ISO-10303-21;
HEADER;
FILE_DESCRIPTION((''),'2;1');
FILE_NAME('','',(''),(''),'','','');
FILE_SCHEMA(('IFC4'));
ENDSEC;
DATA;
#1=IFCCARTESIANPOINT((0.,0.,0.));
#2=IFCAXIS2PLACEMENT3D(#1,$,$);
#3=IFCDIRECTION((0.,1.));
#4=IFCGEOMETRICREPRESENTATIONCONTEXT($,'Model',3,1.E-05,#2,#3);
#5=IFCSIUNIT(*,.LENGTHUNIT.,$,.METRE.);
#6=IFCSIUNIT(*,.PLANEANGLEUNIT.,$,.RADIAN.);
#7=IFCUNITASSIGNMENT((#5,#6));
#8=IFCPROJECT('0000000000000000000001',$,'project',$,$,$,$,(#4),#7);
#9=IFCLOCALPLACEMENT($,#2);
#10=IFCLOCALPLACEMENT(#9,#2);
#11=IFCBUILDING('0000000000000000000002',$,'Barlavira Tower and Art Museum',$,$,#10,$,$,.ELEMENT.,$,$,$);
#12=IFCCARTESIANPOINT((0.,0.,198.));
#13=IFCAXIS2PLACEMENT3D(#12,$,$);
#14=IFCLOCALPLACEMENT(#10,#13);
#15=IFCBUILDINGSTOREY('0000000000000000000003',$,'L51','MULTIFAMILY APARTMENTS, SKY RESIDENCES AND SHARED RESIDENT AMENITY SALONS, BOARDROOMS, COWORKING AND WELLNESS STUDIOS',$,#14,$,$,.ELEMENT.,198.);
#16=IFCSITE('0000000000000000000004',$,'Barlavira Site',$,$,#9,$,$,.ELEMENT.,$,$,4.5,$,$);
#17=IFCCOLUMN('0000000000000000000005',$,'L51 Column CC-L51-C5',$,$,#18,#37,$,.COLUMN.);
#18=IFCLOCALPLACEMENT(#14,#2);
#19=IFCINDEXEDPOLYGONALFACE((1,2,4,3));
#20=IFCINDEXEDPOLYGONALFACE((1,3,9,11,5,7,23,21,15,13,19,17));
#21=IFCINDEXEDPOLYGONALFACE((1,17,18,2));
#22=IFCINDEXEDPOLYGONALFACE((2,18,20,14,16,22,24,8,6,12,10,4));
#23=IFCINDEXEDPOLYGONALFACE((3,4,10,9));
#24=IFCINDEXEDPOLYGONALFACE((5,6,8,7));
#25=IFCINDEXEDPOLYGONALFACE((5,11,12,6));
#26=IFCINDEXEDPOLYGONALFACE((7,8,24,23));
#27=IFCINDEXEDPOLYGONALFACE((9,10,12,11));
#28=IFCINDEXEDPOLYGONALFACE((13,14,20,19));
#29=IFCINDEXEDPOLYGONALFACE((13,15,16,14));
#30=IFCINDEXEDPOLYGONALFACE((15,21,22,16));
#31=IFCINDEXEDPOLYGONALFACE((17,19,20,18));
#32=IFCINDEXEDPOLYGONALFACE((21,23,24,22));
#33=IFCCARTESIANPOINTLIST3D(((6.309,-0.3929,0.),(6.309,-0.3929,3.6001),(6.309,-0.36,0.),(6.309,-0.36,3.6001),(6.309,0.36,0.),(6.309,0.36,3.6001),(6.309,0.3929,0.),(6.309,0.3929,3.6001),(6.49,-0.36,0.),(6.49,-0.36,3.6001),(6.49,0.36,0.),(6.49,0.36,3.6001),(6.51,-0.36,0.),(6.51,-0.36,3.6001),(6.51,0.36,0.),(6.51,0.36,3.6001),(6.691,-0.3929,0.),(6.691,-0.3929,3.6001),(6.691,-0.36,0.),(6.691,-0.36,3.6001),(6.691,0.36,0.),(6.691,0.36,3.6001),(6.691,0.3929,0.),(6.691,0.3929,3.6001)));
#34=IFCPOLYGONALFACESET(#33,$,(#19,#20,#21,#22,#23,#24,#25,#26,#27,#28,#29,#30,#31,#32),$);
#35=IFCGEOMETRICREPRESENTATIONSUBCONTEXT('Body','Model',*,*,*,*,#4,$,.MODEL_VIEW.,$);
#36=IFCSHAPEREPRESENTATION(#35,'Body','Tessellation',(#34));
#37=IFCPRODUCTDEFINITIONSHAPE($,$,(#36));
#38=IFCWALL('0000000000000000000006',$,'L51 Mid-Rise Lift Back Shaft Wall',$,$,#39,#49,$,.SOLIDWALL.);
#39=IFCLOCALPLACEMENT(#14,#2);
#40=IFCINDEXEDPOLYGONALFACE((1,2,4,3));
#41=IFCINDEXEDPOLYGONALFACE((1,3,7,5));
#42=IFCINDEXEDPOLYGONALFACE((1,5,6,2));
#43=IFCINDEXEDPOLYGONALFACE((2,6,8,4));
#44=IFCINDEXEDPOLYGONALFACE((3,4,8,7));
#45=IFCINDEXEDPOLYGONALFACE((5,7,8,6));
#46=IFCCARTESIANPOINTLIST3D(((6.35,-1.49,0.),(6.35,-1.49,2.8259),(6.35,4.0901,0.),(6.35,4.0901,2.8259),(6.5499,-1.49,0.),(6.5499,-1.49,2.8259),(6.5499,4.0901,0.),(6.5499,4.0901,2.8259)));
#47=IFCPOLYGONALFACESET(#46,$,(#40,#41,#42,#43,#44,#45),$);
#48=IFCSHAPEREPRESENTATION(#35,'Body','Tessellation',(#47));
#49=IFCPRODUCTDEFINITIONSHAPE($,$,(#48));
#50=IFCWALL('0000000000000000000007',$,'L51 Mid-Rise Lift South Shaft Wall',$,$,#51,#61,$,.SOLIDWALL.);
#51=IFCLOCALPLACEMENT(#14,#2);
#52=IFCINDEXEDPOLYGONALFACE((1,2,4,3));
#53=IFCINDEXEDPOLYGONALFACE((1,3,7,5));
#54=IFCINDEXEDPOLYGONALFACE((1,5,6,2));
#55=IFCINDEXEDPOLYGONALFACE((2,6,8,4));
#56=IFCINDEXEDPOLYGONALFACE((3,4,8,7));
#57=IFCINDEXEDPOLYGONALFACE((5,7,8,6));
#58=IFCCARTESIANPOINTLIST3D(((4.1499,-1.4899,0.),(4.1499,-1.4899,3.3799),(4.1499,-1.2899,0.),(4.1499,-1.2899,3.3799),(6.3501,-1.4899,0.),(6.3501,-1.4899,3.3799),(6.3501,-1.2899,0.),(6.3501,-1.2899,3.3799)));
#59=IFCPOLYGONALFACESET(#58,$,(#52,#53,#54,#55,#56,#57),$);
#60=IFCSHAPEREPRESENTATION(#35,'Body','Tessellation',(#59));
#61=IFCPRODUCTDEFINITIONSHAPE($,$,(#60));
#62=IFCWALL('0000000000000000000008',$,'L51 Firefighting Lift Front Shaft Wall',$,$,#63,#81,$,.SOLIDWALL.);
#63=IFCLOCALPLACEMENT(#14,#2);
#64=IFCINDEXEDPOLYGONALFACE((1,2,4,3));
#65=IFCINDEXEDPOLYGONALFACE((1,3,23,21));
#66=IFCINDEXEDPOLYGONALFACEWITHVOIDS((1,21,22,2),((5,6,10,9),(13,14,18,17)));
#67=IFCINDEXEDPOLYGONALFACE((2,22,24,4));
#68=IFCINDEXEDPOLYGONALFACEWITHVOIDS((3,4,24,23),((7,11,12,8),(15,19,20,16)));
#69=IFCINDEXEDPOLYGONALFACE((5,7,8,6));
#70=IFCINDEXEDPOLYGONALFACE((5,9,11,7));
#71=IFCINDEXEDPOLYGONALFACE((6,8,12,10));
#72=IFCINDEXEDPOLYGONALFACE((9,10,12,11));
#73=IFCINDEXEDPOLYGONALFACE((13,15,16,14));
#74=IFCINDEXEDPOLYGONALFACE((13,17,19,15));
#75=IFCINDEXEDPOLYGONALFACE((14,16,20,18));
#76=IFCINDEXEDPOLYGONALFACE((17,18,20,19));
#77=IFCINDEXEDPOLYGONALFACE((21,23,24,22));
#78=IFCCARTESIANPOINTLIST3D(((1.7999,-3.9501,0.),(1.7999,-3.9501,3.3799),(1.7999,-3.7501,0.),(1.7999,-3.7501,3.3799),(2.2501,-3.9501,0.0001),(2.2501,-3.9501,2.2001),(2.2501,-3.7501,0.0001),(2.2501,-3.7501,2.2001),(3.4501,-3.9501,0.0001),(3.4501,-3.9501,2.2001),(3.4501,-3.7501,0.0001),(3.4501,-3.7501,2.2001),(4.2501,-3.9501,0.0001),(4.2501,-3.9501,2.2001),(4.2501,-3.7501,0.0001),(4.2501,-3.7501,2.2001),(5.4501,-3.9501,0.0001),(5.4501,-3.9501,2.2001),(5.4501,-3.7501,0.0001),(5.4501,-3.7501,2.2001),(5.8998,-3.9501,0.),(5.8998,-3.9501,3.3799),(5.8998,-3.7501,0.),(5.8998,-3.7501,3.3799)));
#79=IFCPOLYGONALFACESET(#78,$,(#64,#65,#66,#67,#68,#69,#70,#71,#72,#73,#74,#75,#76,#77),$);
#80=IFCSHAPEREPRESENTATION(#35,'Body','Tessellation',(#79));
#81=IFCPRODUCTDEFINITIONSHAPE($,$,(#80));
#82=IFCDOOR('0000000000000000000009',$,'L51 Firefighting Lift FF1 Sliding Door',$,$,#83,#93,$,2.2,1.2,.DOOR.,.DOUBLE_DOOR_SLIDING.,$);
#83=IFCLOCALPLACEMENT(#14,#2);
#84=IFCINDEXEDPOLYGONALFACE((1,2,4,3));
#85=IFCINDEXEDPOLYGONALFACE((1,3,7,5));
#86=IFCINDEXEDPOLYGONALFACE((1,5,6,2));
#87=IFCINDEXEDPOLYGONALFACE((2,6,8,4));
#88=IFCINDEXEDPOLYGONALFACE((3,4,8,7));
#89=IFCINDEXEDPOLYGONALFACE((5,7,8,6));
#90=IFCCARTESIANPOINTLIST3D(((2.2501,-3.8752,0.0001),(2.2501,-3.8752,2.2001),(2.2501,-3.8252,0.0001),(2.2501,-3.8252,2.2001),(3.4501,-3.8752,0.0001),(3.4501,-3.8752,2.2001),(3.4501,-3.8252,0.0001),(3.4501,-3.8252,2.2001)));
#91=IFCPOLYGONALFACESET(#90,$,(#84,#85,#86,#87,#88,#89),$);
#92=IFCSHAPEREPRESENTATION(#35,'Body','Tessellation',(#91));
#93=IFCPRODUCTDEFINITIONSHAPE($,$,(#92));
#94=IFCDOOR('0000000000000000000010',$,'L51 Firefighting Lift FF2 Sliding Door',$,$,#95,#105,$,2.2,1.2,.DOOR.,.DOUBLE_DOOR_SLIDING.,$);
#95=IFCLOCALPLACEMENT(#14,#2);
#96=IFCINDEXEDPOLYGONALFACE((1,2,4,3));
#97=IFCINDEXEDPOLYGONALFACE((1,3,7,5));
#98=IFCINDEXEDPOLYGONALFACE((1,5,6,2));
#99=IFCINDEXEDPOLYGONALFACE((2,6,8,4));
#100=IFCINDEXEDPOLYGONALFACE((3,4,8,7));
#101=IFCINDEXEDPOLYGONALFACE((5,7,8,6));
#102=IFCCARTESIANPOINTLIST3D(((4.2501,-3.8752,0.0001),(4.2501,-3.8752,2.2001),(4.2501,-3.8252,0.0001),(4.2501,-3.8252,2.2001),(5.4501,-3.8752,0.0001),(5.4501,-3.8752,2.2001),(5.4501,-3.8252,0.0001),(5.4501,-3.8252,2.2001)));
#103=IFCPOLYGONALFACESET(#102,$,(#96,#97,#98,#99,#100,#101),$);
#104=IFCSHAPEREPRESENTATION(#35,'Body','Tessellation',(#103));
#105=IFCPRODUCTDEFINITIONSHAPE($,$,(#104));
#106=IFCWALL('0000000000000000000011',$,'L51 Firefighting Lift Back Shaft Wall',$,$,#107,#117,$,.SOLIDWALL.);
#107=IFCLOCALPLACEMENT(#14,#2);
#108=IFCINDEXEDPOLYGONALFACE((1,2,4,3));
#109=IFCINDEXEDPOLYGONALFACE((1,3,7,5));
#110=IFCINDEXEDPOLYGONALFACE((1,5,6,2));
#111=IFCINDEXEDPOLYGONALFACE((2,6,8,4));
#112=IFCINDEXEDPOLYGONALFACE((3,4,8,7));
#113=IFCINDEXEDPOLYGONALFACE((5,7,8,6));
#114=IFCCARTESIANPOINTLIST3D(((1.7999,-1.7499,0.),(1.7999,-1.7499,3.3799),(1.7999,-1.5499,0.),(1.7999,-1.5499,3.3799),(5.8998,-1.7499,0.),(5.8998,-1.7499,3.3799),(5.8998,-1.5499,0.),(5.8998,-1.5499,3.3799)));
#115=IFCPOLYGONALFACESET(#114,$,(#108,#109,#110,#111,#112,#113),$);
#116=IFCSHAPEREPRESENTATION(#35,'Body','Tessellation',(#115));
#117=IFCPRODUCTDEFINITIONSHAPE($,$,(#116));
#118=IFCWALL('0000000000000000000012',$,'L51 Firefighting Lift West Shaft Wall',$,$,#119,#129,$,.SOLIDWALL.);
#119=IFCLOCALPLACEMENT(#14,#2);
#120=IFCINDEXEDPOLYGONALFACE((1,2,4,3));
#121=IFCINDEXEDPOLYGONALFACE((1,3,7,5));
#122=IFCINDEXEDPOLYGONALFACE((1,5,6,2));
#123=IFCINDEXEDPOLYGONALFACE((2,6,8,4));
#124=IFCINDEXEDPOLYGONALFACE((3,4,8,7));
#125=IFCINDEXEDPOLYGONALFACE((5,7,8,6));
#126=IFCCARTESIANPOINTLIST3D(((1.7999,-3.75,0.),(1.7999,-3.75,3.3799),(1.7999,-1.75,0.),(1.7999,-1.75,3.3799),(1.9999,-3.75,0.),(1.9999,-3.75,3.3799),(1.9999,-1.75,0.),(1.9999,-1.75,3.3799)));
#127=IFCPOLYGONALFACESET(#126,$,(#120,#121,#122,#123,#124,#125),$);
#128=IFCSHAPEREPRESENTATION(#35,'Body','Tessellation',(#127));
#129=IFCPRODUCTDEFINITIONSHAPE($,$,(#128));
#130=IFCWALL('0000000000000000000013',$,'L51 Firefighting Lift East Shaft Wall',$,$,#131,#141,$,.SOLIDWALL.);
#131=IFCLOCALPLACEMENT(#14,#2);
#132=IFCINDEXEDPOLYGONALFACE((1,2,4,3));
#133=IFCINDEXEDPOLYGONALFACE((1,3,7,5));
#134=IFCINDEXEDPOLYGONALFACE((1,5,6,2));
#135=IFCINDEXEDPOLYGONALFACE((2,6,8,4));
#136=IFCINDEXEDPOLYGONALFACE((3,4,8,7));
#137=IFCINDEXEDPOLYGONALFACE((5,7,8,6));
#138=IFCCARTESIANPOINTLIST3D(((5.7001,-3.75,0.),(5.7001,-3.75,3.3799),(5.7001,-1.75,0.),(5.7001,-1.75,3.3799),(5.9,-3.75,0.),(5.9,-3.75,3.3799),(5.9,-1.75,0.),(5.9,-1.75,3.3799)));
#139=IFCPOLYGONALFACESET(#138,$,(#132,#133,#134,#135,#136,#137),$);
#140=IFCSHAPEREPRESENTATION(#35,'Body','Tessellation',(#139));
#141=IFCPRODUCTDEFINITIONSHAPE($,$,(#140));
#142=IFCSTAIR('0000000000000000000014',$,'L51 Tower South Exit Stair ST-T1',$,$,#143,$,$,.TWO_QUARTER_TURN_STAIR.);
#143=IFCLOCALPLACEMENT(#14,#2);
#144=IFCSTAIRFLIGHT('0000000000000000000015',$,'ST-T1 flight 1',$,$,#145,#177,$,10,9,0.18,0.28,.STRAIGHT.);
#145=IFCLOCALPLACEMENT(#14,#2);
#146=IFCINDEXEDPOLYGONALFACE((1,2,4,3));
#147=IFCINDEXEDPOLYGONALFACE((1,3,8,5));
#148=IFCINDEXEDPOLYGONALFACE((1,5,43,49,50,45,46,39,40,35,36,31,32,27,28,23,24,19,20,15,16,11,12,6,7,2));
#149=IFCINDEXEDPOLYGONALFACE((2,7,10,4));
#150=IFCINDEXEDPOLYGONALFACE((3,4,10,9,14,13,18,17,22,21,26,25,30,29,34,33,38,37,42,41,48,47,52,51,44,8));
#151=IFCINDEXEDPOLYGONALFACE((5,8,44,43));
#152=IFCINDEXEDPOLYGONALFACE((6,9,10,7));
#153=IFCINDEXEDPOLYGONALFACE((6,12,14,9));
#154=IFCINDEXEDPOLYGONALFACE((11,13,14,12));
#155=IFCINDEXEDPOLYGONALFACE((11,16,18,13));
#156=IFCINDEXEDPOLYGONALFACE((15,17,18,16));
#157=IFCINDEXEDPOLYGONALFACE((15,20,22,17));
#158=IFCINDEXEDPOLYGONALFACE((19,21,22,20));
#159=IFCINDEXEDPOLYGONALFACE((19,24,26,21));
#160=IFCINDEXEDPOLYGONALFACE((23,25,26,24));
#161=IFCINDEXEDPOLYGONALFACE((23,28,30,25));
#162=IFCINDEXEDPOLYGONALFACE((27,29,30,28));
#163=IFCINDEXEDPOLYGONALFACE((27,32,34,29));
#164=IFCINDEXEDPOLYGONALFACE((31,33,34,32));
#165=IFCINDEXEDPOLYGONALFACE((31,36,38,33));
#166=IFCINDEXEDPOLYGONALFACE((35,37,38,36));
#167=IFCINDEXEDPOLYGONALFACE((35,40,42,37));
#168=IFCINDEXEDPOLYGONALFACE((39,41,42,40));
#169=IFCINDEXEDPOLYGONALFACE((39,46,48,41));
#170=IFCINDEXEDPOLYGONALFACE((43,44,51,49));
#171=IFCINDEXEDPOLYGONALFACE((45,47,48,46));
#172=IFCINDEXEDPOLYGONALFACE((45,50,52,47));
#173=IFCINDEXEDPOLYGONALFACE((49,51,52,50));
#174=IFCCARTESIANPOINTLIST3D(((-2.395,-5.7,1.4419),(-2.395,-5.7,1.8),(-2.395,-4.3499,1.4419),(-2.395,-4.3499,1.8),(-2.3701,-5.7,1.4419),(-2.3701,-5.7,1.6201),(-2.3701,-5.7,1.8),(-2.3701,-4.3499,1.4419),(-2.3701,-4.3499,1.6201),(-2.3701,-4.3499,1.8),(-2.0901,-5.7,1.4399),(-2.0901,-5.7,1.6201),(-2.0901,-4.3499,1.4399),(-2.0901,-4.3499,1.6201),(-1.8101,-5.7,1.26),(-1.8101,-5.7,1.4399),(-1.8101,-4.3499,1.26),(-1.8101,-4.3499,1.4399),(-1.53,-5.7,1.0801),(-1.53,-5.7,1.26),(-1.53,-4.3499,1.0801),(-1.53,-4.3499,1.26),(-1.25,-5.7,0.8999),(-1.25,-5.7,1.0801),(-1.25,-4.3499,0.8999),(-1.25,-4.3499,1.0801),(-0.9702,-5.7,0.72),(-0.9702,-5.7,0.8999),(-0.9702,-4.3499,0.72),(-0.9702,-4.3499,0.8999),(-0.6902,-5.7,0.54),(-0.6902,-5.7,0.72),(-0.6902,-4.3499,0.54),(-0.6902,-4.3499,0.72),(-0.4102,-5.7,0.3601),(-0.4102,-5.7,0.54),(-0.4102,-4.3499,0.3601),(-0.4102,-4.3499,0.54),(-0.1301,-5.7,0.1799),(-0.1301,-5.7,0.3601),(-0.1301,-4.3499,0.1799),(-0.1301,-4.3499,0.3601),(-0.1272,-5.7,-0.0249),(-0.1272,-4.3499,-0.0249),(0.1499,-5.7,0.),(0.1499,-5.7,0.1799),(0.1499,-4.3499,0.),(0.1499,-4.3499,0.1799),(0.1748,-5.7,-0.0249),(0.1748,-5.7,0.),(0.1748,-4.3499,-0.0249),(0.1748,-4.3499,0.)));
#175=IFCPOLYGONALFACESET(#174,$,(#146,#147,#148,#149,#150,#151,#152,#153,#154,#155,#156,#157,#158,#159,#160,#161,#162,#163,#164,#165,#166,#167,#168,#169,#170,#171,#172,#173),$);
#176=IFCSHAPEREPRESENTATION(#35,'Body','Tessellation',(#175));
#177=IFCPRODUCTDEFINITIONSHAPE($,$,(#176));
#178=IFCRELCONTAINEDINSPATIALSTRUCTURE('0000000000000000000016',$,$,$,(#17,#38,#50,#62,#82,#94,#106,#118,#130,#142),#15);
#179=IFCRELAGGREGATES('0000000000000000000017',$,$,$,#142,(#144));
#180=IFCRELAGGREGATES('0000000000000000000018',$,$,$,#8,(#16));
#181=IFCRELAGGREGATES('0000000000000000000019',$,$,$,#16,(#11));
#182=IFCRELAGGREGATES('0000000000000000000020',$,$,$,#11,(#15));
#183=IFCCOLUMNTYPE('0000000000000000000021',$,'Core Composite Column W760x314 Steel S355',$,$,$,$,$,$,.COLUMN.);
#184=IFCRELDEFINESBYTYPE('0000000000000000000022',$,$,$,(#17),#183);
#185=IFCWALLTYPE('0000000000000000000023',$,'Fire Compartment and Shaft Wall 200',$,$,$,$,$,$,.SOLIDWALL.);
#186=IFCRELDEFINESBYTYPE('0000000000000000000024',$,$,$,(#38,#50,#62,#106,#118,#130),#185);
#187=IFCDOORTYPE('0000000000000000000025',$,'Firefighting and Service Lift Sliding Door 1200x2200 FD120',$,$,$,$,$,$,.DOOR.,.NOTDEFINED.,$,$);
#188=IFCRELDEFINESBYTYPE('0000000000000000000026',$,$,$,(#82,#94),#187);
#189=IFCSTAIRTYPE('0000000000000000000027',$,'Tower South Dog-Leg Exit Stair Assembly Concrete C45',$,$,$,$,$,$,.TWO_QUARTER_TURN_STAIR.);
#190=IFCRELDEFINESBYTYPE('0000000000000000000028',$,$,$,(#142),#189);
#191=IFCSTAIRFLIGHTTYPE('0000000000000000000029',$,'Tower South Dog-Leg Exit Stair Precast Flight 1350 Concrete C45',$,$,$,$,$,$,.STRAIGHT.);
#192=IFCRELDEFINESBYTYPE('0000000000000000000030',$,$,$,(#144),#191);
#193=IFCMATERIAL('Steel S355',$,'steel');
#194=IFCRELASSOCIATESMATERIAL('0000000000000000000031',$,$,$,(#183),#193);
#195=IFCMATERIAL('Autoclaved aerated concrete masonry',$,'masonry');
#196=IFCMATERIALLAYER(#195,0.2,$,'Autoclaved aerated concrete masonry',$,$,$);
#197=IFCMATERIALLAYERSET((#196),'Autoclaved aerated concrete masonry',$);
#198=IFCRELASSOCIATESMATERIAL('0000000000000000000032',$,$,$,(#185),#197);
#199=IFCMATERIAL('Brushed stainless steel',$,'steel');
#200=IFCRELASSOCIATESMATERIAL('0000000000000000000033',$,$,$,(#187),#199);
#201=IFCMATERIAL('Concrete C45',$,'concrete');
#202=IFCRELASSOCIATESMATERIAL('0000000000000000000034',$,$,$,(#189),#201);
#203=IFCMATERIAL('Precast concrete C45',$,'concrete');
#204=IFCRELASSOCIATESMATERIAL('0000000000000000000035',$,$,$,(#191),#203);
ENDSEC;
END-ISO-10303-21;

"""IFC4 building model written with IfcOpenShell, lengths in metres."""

from ifc_helpers import new_model, si_unit, direction, frame, frame_2d, origin, origin_2d, place, context, subcontext, project, spatial, polyline, rectangle, i_section, outline, extrude, material, layer, layer_set, material_profile, profile_set, type_object, element, fill, aggregate, save


model = new_model("IFC4")

# Units and contexts
model_context = context("Model", 3, precision=1e-05, world=origin(), true_north=direction((0.0, 1.0)))
body_context = subcontext(model_context, "Body", "Model", "MODEL_VIEW")
ifc_project = project(units=[si_unit("LENGTHUNIT", "METRE"), si_unit("PLANEANGLEUNIT", "RADIAN")], contexts=[model_context])

# Site, building, storey
site_placement = place(None, origin())
site = spatial("IfcSite", under=ifc_project, at=site_placement, Name="Barlavira Site", CompositionType="ELEMENT", RefElevation=4.5)
building_placement = place(site_placement, origin())
building = spatial("IfcBuilding", under=site, at=building_placement, Name="Barlavira Tower and Art Museum", CompositionType="ELEMENT")
storey_placement = place(building_placement, frame((0.0, 0.0, 198.0)))
storey = spatial("IfcBuildingStorey", under=building, at=storey_placement, Name="L51", Description="MULTIFAMILY APARTMENTS, SKY RESIDENCES AND SHARED RESIDENT AMENITY SALONS, BOARDROOMS, COWORKING AND WELLNESS STUDIOS", CompositionType="ELEMENT", Elevation=198.0)

# Column
ifc_material_1 = material(Name="Steel S355", Category="steel")
ifc_material_profile = material_profile(ifc_material_1, i_section(OverallWidth=0.3821, OverallDepth=0.7859, WebThickness=0.02, FlangeThickness=0.033, at=origin_2d()), Name="W760x314.0")
ifc_profile_set = profile_set([ifc_material_profile], Name="Steel S355")
column_type = type_object("IfcColumnType", Name="Core Composite Column W760x314 Steel S355", PredefinedType="COLUMN", material=ifc_profile_set)
column_placement = place(storey_placement, frame((6.5, 0.0, 0.0), z_axis=(0.0, 0.0, 1.0), x_axis=(1.0, 0.0, 0.0)))
element("IfcColumn", 1, at=column_placement, inside=storey, type_object=column_type, Name="L51 Column CC-L51-C5", PredefinedType="COLUMN", context=body_context, shape_type="SweptSolid", body=[
    extrude(i_section(OverallWidth=0.3821, OverallDepth=0.7859, WebThickness=0.02, FlangeThickness=0.033, at=origin_2d()), origin(), (0.0, 0.0, 1.0), 3.6001),
])

# Shared definitions
ifc_material_2 = material(Name="Brushed stainless steel", Category="steel")

# Shared definitions
ifc_material_3 = material(Name="Autoclaved aerated concrete masonry", Category="masonry")
ifc_layer_1 = layer(ifc_material_3, 0.2, Name="Autoclaved aerated concrete masonry")
ifc_layer_set_1 = layer_set([ifc_layer_1], Name="Autoclaved aerated concrete masonry")
wall_type_1 = type_object("IfcWallType", Name="Fire Compartment and Shaft Wall 200", PredefinedType="SOLIDWALL", material=ifc_layer_set_1)

# Walls
wall_1_placement = place(storey_placement, frame((6.45, -1.49, 0.0), z_axis=(0.0, 0.0, 1.0), x_axis=(0.0, 1.0, 0.0)))
element("IfcWall", 2, at=wall_1_placement, inside=storey, type_object=wall_type_1, Name="L51 Mid-Rise Lift Back Shaft Wall", PredefinedType="SOLIDWALL", context=body_context, shape_type="SweptSolid", body=[
    extrude(rectangle(XDim=5.5801, YDim=0.2, at=frame_2d((2.79, 0.0))), origin(), (0.0, 0.0, 1.0), 2.8259),
])
wall_2_placement = place(storey_placement, frame((4.1499, -1.3899, 0.0), z_axis=(0.0, 0.0, 1.0), x_axis=(1.0, 0.0, 0.0)))
element("IfcWall", 3, at=wall_2_placement, inside=storey, type_object=wall_type_1, Name="L51 Mid-Rise Lift South Shaft Wall", PredefinedType="SOLIDWALL", context=body_context, shape_type="SweptSolid", body=[
    extrude(rectangle(XDim=2.2002, YDim=0.2, at=frame_2d((1.1001, 0.0))), origin(), (0.0, 0.0, 1.0), 3.3799),
])

# Wall, openings, doors
wall_3_placement = place(storey_placement, frame((1.8, -3.8501, 0.0), z_axis=(0.0, 0.0, 1.0), x_axis=(1.0, 0.0, 0.0)))
wall_3 = element("IfcWall", 4, at=wall_3_placement, inside=storey, type_object=wall_type_1, Name="L51 Firefighting Lift Front Shaft Wall", PredefinedType="SOLIDWALL", context=body_context, shape_type="SweptSolid", body=[
    extrude(rectangle(XDim=4.0999, YDim=0.2, at=frame_2d((2.0498, 0.0))), origin(), (0.0, 0.0, 1.0), 3.3799),
])
opening_1_placement = place(wall_3_placement, frame((0.45, 0.0, 0.0)))
opening_1 = element("IfcOpeningElement", 5, at=opening_1_placement, cuts=wall_3, PredefinedType="OPENING", context=body_context, shape_type="SweptSolid", body=[
    extrude(rectangle(XDim=1.2, YDim=2.2, at=frame_2d((0.6001, 1.1001))), frame((0.0, 0.1099, 0.0), z_axis=(0.0, -1.0, 0.0), x_axis=(1.0, 0.0, 0.0)), (0.0, 0.0, 1.0), 0.22),
])
opening_2_placement = place(wall_3_placement, frame((2.45, 0.0, 0.0)))
opening_2 = element("IfcOpeningElement", 6, at=opening_2_placement, cuts=wall_3, PredefinedType="OPENING", context=body_context, shape_type="SweptSolid", body=[
    extrude(rectangle(XDim=1.2, YDim=2.2, at=frame_2d((0.6001, 1.1001))), frame((0.0, 0.1099, 0.0), z_axis=(0.0, -1.0, 0.0), x_axis=(1.0, 0.0, 0.0)), (0.0, 0.0, 1.0), 0.22),
])
door_type_1 = type_object("IfcDoorType", Name="Firefighting and Service Lift Sliding Door 1200x2200 FD120", OperationType="NOTDEFINED", PredefinedType="DOOR", material=ifc_material_2)
door_1_placement = place(opening_1_placement, origin())
door_1 = element("IfcDoor", 7, at=door_1_placement, inside=storey, type_object=door_type_1, Name="L51 Firefighting Lift FF1 Sliding Door", OperationType="DOUBLE_DOOR_SLIDING", OverallHeight=2.2, OverallWidth=1.2, PredefinedType="DOOR", context=body_context, shape_type="SweptSolid", body=[
    extrude(rectangle(XDim=1.2, YDim=2.2, at=frame_2d((0.6001, 1.1001))), frame((0.0, 0.0249, 0.0), z_axis=(0.0, -1.0, 0.0), x_axis=(1.0, 0.0, 0.0)), (0.0, 0.0, 1.0), 0.05),
])
fill(opening_1, door_1)
door_2_placement = place(opening_2_placement, origin())
door_2 = element("IfcDoor", 8, at=door_2_placement, inside=storey, type_object=door_type_1, Name="L51 Firefighting Lift FF2 Sliding Door", OperationType="DOUBLE_DOOR_SLIDING", OverallHeight=2.2, OverallWidth=1.2, PredefinedType="DOOR", context=body_context, shape_type="SweptSolid", body=[
    extrude(rectangle(XDim=1.2, YDim=2.2, at=frame_2d((0.6001, 1.1001))), frame((0.0, 0.0249, 0.0), z_axis=(0.0, -1.0, 0.0), x_axis=(1.0, 0.0, 0.0)), (0.0, 0.0, 1.0), 0.05),
])
fill(opening_2, door_2)

# Walls
wall_4_placement = place(storey_placement, frame((1.8, -1.6499, 0.0), z_axis=(0.0, 0.0, 1.0), x_axis=(1.0, 0.0, 0.0)))
element("IfcWall", 9, at=wall_4_placement, inside=storey, type_object=wall_type_1, Name="L51 Firefighting Lift Back Shaft Wall", PredefinedType="SOLIDWALL", context=body_context, shape_type="SweptSolid", body=[
    extrude(rectangle(XDim=4.0999, YDim=0.2, at=frame_2d((2.0498, 0.0))), origin(), (0.0, 0.0, 1.0), 3.3799),
])
for number, where, z_axis, x_axis, name in (
    (10, (1.8999, -3.75, 0.0), (0.0, 0.0, 1.0), (0.0, 1.0, 0.0), "L51 Firefighting Lift West Shaft Wall"),
    (11, (5.8, -3.75, 0.0), (0.0, 0.0, 1.0), (0.0, 1.0, 0.0), "L51 Firefighting Lift East Shaft Wall"),
):
    element("IfcWall", number, at=place(storey_placement, frame(where, z_axis=z_axis, x_axis=x_axis)), inside=storey, type_object=wall_type_1, Name=name, PredefinedType="SOLIDWALL", context=body_context, shape_type="SweptSolid", body=[
        extrude(rectangle(XDim=2.0, YDim=0.2, at=frame_2d((1.0, 0.0))), origin(), (0.0, 0.0, 1.0), 3.3799),
    ])

# Stair, stair flight
ifc_material_4 = material(Name="Concrete C45", Category="concrete")
stair_type = type_object("IfcStairType", Name="Tower South Dog-Leg Exit Stair Assembly Concrete C45", PredefinedType="TWO_QUARTER_TURN_STAIR", material=ifc_material_4)
stair_placement = place(storey_placement, origin())
stair = element("IfcStair", 12, at=stair_placement, inside=storey, type_object=stair_type, Name="L51 Tower South Exit Stair ST-T1", PredefinedType="TWO_QUARTER_TURN_STAIR")
ifc_material_5 = material(Name="Precast concrete C45", Category="concrete")
stair_flight_type = type_object("IfcStairFlightType", Name="Tower South Dog-Leg Exit Stair Precast Flight 1350 Concrete C45", PredefinedType="STRAIGHT", material=ifc_material_5)
stair_flight_placement = place(storey_placement, frame((0.1499, -5.0249, 0.0), z_axis=(0.0, 0.0, 1.0), x_axis=(-1.0, 0.0, 0.0)))
stair_flight = element("IfcStairFlight", 13, at=stair_flight_placement, type_object=stair_flight_type, Name="ST-T1 flight 1", NumberOfRisers=10, NumberOfTreads=9, PredefinedType="STRAIGHT", RiserHeight=0.18, TreadLength=0.28, context=body_context, shape_type="SweptSolid", body=[
    extrude(outline(polyline([(-0.0249, 0.0), (0.0, 0.0), (0.0, 0.1799), (0.28, 0.1799), (0.28, 0.3601), (0.5601, 0.3601), (0.5601, 0.54), (0.8401, 0.54), (0.8401, 0.72), (1.1201, 0.72), (1.1201, 0.8999), (1.3999, 0.8999), (1.3999, 1.0801), (1.6799, 1.0801), (1.6799, 1.26), (1.96, 1.26), (1.96, 1.4399), (2.24, 1.4399), (2.24, 1.6201), (2.52, 1.6201), (2.52, 1.8), (2.5449, 1.8), (2.5449, 1.4419), (2.52, 1.4419), (0.2771, -0.0249), (-0.0249, -0.0249), (-0.0249, 0.0)])), frame((0.0, 0.675, 0.0), z_axis=(0.0, -1.0, 0.0), x_axis=(1.0, 0.0, 0.0)), (0.0, 0.0, 1.0), 1.3501),
])
aggregate(stair, [stair_flight])

save(model, "model.ifc")
